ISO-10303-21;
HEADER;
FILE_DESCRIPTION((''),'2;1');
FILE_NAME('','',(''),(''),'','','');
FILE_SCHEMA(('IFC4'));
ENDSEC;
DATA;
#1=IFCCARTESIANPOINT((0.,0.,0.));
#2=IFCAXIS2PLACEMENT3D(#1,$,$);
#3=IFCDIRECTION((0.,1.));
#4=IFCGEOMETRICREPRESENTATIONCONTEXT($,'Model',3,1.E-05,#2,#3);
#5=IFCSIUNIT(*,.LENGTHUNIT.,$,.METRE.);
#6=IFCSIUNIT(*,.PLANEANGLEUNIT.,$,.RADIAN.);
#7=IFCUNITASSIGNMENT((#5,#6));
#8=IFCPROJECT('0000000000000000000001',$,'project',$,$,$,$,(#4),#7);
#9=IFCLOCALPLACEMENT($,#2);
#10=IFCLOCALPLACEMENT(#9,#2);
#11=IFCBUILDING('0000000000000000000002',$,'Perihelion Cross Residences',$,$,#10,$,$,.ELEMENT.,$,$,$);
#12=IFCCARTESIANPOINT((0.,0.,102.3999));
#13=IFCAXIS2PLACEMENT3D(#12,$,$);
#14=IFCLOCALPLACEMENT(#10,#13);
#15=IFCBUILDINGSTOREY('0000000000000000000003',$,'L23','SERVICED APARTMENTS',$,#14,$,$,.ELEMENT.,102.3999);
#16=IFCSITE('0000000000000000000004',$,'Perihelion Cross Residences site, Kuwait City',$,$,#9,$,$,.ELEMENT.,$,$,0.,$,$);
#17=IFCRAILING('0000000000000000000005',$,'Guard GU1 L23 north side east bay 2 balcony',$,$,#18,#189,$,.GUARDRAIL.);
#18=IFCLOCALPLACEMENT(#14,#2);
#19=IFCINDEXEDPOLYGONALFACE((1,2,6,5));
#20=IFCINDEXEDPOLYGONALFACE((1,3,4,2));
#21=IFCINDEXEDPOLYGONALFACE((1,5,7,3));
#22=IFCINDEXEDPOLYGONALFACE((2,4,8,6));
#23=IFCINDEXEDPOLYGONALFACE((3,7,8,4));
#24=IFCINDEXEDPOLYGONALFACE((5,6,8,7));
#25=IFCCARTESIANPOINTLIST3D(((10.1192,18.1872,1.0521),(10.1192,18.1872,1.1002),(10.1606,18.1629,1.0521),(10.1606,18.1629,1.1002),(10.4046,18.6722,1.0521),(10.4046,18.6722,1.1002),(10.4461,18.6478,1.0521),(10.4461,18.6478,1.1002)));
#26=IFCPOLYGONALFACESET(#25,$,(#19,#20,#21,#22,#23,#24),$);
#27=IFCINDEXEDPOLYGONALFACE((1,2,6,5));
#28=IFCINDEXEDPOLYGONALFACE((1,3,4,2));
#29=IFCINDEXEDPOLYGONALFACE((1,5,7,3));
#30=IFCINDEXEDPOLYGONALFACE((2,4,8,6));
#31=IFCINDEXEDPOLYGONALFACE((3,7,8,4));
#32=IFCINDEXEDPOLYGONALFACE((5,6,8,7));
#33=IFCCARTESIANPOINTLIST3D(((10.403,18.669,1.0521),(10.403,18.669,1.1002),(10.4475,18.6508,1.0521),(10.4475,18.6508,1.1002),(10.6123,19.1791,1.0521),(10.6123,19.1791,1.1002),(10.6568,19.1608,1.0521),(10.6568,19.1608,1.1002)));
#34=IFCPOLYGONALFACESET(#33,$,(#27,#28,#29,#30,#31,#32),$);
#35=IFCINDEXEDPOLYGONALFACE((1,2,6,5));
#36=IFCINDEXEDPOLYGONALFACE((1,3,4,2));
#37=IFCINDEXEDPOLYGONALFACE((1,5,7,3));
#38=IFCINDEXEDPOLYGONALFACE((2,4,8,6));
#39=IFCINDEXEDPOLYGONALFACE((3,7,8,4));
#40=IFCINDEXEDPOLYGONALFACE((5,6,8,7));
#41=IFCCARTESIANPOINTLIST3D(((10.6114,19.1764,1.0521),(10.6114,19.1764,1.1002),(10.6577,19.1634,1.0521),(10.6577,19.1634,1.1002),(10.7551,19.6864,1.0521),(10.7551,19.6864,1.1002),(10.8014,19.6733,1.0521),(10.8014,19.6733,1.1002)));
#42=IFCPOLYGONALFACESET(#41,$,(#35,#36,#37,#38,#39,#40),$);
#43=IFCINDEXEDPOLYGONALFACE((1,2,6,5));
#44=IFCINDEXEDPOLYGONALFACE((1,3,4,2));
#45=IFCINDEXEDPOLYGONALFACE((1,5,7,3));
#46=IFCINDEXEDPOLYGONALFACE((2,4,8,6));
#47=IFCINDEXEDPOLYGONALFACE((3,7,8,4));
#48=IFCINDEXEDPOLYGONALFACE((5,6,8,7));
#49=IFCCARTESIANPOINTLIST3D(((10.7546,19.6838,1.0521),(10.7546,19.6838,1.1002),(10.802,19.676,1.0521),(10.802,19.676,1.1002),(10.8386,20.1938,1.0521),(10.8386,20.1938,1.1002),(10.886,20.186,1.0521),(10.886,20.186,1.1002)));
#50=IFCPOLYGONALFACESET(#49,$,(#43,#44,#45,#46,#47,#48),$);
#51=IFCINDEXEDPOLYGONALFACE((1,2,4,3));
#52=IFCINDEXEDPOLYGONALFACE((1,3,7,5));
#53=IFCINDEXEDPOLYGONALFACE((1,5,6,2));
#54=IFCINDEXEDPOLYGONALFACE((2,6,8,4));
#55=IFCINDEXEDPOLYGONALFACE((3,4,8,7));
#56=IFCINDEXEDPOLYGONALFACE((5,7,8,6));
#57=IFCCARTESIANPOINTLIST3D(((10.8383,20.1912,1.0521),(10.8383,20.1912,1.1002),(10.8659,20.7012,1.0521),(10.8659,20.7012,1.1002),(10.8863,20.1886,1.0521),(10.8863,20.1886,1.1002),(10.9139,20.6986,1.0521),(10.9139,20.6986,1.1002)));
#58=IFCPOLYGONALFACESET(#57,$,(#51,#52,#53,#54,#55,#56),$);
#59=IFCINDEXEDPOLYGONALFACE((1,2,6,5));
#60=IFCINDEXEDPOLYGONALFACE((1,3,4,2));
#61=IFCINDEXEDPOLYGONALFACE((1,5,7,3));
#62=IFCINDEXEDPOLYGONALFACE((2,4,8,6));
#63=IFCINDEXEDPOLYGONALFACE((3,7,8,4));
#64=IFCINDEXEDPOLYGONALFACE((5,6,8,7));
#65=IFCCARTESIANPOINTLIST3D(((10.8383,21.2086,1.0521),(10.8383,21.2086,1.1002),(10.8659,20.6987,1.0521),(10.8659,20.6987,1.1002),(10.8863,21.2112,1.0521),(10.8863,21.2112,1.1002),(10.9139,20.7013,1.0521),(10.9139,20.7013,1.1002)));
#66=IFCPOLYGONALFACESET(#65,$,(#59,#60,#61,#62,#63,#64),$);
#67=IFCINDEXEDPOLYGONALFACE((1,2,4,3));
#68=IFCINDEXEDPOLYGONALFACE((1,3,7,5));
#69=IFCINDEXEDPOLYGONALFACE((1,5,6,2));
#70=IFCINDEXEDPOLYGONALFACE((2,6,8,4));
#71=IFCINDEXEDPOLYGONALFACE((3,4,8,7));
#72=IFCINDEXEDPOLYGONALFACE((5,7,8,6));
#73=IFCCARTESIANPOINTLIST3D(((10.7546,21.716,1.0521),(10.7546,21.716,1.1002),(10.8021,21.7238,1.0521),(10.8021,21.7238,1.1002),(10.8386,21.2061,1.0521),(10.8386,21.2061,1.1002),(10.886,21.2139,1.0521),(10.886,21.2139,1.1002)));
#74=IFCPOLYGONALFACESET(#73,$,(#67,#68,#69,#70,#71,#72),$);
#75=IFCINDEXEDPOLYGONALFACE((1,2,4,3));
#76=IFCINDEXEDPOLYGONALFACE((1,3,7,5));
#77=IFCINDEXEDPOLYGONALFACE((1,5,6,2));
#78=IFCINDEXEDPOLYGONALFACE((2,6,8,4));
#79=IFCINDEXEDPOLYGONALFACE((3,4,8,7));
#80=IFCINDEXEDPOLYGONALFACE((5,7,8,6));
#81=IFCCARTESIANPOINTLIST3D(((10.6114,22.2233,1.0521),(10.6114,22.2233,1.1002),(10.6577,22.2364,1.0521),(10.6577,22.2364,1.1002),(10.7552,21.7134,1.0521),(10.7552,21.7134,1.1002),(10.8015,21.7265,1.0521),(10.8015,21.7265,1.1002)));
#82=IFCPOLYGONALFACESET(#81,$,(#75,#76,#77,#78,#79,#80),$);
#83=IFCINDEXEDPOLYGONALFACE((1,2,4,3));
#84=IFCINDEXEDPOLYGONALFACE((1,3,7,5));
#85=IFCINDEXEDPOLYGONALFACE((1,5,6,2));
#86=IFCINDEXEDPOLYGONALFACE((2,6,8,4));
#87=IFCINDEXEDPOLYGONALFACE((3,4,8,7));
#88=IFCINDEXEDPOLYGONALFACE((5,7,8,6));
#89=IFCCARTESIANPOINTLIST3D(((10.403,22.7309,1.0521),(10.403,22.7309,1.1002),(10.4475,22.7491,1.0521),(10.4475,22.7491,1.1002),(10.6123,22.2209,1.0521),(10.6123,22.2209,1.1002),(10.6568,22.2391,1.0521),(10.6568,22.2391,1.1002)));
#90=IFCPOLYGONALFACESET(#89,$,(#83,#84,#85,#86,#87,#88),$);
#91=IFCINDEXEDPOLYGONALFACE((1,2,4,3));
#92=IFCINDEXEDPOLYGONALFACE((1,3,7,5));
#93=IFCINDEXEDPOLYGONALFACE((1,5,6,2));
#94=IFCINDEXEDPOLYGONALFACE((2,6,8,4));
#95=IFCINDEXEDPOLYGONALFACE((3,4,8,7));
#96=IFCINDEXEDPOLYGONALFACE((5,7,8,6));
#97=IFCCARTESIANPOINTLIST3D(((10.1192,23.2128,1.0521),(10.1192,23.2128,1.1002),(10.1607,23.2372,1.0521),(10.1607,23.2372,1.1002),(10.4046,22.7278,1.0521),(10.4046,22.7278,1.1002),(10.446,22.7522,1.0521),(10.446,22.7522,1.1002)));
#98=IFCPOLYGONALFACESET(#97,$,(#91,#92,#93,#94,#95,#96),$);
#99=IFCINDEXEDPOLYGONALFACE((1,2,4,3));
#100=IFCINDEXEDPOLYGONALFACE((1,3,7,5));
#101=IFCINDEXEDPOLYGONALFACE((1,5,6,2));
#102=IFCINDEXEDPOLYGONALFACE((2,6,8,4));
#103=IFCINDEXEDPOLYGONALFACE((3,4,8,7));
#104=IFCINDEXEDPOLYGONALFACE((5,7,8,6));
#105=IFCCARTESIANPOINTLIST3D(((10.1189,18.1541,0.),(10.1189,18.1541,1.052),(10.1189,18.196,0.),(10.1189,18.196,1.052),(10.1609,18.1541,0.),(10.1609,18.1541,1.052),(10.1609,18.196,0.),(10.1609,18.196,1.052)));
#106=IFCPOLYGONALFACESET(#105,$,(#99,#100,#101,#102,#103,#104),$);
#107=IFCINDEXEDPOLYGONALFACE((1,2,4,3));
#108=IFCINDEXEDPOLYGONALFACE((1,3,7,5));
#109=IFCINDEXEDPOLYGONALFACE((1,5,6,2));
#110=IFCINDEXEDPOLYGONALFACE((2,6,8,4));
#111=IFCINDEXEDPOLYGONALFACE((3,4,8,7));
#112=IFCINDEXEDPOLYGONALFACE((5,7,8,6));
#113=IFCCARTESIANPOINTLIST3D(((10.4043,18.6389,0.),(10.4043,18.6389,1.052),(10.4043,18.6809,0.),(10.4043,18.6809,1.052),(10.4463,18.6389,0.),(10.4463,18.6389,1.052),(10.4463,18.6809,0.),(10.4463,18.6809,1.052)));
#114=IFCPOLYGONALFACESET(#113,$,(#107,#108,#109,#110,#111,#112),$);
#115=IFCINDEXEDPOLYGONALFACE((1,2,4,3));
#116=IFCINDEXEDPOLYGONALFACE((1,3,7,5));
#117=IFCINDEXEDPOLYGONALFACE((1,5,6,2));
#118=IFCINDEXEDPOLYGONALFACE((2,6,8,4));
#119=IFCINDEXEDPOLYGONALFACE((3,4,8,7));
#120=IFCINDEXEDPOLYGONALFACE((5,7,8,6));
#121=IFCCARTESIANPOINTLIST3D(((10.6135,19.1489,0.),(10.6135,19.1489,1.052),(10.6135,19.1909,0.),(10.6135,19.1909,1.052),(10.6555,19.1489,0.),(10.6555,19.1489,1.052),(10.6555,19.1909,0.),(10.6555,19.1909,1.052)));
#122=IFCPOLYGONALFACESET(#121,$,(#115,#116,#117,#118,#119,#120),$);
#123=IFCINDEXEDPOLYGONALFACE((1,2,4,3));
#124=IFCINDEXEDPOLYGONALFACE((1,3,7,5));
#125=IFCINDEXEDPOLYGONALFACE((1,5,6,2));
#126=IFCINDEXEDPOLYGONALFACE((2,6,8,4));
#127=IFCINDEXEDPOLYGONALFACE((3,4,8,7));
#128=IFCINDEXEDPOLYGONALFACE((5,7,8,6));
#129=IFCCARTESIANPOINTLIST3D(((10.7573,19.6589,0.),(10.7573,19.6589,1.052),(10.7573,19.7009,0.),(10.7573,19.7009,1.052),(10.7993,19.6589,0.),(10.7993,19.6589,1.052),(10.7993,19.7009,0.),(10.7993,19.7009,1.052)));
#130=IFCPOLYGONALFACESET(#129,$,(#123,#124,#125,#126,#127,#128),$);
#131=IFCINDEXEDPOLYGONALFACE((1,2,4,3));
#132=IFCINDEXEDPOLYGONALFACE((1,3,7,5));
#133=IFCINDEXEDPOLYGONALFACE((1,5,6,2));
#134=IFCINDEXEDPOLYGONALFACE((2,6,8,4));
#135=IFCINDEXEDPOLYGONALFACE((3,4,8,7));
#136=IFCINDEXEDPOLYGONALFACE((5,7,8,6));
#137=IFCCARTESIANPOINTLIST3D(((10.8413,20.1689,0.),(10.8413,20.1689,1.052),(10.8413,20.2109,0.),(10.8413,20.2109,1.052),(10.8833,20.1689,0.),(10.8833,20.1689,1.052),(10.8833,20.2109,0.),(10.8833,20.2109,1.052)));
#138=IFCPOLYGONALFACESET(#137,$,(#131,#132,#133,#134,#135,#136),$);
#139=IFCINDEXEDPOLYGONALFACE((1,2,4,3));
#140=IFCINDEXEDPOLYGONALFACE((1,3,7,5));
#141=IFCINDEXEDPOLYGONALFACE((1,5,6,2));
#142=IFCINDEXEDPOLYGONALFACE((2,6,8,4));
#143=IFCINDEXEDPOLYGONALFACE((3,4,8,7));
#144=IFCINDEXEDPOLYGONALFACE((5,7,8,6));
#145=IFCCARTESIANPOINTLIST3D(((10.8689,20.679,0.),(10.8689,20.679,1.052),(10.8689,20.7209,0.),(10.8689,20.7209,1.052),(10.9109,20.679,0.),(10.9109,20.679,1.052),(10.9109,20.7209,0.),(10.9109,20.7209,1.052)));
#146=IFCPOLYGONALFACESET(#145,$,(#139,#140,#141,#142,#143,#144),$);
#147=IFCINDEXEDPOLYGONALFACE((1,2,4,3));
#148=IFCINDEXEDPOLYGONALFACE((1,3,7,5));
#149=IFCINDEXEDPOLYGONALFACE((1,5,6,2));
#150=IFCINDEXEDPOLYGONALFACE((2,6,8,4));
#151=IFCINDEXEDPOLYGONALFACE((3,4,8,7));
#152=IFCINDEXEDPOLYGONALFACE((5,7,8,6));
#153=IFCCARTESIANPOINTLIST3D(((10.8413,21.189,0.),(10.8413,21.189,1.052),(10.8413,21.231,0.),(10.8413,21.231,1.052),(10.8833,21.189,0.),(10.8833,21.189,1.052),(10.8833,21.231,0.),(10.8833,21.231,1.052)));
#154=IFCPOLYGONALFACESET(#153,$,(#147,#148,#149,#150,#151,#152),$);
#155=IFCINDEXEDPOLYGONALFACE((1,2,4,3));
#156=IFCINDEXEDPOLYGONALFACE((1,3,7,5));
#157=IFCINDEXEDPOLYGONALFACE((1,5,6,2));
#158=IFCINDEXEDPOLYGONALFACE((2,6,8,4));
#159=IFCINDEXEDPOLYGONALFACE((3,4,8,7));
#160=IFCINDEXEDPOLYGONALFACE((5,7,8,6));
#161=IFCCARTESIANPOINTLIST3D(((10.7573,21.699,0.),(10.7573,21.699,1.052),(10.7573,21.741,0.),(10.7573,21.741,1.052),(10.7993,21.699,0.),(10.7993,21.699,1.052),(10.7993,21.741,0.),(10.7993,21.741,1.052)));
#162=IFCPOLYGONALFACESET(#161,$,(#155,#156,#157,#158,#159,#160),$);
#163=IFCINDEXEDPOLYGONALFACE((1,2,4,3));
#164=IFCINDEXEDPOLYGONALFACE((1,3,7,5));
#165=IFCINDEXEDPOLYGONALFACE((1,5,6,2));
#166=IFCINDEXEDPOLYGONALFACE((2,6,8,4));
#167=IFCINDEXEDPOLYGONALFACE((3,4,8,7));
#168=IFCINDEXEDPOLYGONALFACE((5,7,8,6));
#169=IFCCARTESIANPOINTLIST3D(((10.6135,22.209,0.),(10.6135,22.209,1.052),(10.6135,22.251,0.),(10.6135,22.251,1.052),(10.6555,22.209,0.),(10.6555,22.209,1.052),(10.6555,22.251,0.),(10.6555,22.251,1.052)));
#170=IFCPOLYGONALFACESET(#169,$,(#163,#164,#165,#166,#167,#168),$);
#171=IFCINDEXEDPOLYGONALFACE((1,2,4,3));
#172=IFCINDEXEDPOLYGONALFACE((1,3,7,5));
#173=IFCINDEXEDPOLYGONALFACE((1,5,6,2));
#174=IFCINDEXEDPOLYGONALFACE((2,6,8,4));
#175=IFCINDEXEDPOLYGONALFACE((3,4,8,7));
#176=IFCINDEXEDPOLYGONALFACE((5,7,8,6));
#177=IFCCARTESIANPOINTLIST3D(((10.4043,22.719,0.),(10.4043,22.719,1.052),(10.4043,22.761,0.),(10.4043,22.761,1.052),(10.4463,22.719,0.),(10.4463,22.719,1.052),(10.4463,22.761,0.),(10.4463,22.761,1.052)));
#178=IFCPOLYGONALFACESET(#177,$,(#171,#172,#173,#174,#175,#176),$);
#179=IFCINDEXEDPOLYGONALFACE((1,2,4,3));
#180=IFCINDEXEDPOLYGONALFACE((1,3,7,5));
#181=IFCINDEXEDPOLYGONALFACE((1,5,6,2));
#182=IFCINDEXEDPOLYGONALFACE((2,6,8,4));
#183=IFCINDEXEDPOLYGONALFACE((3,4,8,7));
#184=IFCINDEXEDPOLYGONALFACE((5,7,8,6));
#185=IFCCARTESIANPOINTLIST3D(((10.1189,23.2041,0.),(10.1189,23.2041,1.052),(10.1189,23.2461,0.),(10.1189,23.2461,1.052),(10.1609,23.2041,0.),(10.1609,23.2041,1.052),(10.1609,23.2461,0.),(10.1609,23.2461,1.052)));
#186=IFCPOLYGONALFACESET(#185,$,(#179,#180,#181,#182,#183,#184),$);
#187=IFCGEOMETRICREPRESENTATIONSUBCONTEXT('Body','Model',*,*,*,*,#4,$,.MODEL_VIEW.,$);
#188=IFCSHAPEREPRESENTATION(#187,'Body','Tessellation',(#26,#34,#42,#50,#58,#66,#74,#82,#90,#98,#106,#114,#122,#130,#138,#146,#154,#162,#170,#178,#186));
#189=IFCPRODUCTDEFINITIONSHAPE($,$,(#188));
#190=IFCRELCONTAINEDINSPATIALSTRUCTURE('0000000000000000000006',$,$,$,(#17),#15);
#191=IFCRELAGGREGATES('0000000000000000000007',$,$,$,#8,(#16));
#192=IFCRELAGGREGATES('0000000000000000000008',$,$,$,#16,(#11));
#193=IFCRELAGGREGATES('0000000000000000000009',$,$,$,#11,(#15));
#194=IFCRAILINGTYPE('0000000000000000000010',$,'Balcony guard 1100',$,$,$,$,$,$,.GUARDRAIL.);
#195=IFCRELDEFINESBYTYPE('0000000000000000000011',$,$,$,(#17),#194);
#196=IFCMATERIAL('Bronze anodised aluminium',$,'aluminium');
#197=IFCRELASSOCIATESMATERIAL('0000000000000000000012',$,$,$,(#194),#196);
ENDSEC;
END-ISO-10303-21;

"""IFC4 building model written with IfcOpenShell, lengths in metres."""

from ifc_helpers import new_model, si_unit, direction, frame, origin, origin_2d, place, context, subcontext, project, spatial, rectangle, extrude, material, type_object, element, save


model = new_model("IFC4")

# Units and contexts
model_context = context("Model", 3, precision=1e-05, world=origin(), true_north=direction((0.0, 1.0)))
body_context = subcontext(model_context, "Body", "Model", "MODEL_VIEW")
ifc_project = project(units=[si_unit("LENGTHUNIT", "METRE"), si_unit("PLANEANGLEUNIT", "RADIAN")], contexts=[model_context])

# Site, building, storey
site_placement = place(None, origin())
site = spatial("IfcSite", under=ifc_project, at=site_placement, Name="Perihelion Cross Residences site, Kuwait City", CompositionType="ELEMENT", RefElevation=0.0)
building_placement = place(site_placement, origin())
building = spatial("IfcBuilding", under=site, at=building_placement, Name="Perihelion Cross Residences", CompositionType="ELEMENT")
storey_placement = place(building_placement, frame((0.0, 0.0, 102.3999)))
storey = spatial("IfcBuildingStorey", under=building, at=storey_placement, Name="L23", Description="SERVICED APARTMENTS", CompositionType="ELEMENT", Elevation=102.3999)

# Railing
ifc_material_1 = material(Name="Bronze anodised aluminium", Category="aluminium")
railing_type = type_object("IfcRailingType", Name="Balcony guard 1100", PredefinedType="GUARDRAIL", material=ifc_material_1)
railing_1_placement = place(storey_placement, frame((10.1399, 18.175, 0.0)))
element("IfcRailing", 1, at=railing_1_placement, inside=storey, type_object=railing_type, Name="Guard GU1 L23 north side east bay 2 balcony", PredefinedType="GUARDRAIL", context=body_context, shape_type="SweptSolid", body=[
    extrude(rectangle(XDim=0.0481, YDim=0.0481, at=origin_2d()), frame((0.0, 0.0, 1.0762), z_axis=(0.507267, 0.861789, 0.0), x_axis=(-0.861789, 0.507267, 0.0)), (0.0, 0.0, 1.0), 0.5627),
    extrude(rectangle(XDim=0.0481, YDim=0.0481, at=origin_2d()), frame((0.2854, 0.4849, 1.0762), z_axis=(0.379547, 0.925173, 0.0), x_axis=(-0.925173, 0.379547, 0.0)), (0.0, 0.0, 1.0), 0.5513),
    extrude(rectangle(XDim=0.0481, YDim=0.0481, at=origin_2d()), frame((0.4946, 0.9949, 1.0762), z_axis=(0.271373, 0.962474, 0.0), x_axis=(-0.962474, 0.271373, 0.0)), (0.0, 0.0, 1.0), 0.5298),
    extrude(rectangle(XDim=0.0481, YDim=0.0481, at=origin_2d()), frame((0.6384, 1.5049, 1.0762), z_axis=(0.162484, 0.986711, 0.0), x_axis=(-0.986711, 0.162484, 0.0)), (0.0, 0.0, 1.0), 0.5168),
    extrude(rectangle(XDim=0.0481, YDim=0.0481, at=origin_2d()), frame((0.7224, 2.0149, 1.0762), z_axis=(0.054014, 0.99854, 0.0), x_axis=(-0.99854, 0.054014, 0.0)), (0.0, 0.0, 1.0), 0.5107),
    extrude(rectangle(XDim=0.0481, YDim=0.0481, at=origin_2d()), frame((0.75, 2.5249, 1.0762), z_axis=(-0.054014, 0.99854, 0.0), x_axis=(-0.99854, -0.054014, 0.0)), (0.0, 0.0, 1.0), 0.5107),
    extrude(rectangle(XDim=0.0481, YDim=0.0481, at=origin_2d()), frame((0.7224, 3.0349, 1.0762), z_axis=(-0.162484, 0.986711, 0.0), x_axis=(-0.986711, -0.162484, 0.0)), (0.0, 0.0, 1.0), 0.5168),
    extrude(rectangle(XDim=0.0481, YDim=0.0481, at=origin_2d()), frame((0.6384, 3.5449, 1.0762), z_axis=(-0.271373, 0.962474, 0.0), x_axis=(-0.962474, -0.271373, 0.0)), (0.0, 0.0, 1.0), 0.5298),
    extrude(rectangle(XDim=0.0481, YDim=0.0481, at=origin_2d()), frame((0.4946, 4.0549, 1.0762), z_axis=(-0.379547, 0.925173, 0.0), x_axis=(-0.925173, -0.379547, 0.0)), (0.0, 0.0, 1.0), 0.5513),
    extrude(rectangle(XDim=0.0481, YDim=0.0481, at=origin_2d()), frame((0.2854, 4.5649, 1.0762), z_axis=(-0.507077, 0.861901, 0.0), x_axis=(-0.861901, -0.507077, 0.0)), (0.0, 0.0, 1.0), 0.5627),
    extrude(rectangle(XDim=0.042, YDim=0.042, at=origin_2d()), origin(), (0.0, 0.0, 1.0), 1.052),
    extrude(rectangle(XDim=0.042, YDim=0.042, at=origin_2d()), frame((0.2854, 0.4849, 0.0)), (0.0, 0.0, 1.0), 1.052),
    extrude(rectangle(XDim=0.042, YDim=0.042, at=origin_2d()), frame((0.4946, 0.9949, 0.0)), (0.0, 0.0, 1.0), 1.052),
    extrude(rectangle(XDim=0.042, YDim=0.042, at=origin_2d()), frame((0.6384, 1.5049, 0.0)), (0.0, 0.0, 1.0), 1.052),
    extrude(rectangle(XDim=0.042, YDim=0.042, at=origin_2d()), frame((0.7224, 2.0149, 0.0)), (0.0, 0.0, 1.0), 1.052),
    extrude(rectangle(XDim=0.042, YDim=0.042, at=origin_2d()), frame((0.75, 2.5249, 0.0)), (0.0, 0.0, 1.0), 1.052),
    extrude(rectangle(XDim=0.042, YDim=0.042, at=origin_2d()), frame((0.7224, 3.0349, 0.0)), (0.0, 0.0, 1.0), 1.052),
    extrude(rectangle(XDim=0.042, YDim=0.042, at=origin_2d()), frame((0.6384, 3.5449, 0.0)), (0.0, 0.0, 1.0), 1.052),
    extrude(rectangle(XDim=0.042, YDim=0.042, at=origin_2d()), frame((0.4946, 4.0549, 0.0)), (0.0, 0.0, 1.0), 1.052),
    extrude(rectangle(XDim=0.042, YDim=0.042, at=origin_2d()), frame((0.2854, 4.5649, 0.0)), (0.0, 0.0, 1.0), 1.052),
    extrude(rectangle(XDim=0.042, YDim=0.042, at=origin_2d()), frame((0.0, 5.05, 0.0)), (0.0, 0.0, 1.0), 1.052),
])

save(model, "model.ifc")
